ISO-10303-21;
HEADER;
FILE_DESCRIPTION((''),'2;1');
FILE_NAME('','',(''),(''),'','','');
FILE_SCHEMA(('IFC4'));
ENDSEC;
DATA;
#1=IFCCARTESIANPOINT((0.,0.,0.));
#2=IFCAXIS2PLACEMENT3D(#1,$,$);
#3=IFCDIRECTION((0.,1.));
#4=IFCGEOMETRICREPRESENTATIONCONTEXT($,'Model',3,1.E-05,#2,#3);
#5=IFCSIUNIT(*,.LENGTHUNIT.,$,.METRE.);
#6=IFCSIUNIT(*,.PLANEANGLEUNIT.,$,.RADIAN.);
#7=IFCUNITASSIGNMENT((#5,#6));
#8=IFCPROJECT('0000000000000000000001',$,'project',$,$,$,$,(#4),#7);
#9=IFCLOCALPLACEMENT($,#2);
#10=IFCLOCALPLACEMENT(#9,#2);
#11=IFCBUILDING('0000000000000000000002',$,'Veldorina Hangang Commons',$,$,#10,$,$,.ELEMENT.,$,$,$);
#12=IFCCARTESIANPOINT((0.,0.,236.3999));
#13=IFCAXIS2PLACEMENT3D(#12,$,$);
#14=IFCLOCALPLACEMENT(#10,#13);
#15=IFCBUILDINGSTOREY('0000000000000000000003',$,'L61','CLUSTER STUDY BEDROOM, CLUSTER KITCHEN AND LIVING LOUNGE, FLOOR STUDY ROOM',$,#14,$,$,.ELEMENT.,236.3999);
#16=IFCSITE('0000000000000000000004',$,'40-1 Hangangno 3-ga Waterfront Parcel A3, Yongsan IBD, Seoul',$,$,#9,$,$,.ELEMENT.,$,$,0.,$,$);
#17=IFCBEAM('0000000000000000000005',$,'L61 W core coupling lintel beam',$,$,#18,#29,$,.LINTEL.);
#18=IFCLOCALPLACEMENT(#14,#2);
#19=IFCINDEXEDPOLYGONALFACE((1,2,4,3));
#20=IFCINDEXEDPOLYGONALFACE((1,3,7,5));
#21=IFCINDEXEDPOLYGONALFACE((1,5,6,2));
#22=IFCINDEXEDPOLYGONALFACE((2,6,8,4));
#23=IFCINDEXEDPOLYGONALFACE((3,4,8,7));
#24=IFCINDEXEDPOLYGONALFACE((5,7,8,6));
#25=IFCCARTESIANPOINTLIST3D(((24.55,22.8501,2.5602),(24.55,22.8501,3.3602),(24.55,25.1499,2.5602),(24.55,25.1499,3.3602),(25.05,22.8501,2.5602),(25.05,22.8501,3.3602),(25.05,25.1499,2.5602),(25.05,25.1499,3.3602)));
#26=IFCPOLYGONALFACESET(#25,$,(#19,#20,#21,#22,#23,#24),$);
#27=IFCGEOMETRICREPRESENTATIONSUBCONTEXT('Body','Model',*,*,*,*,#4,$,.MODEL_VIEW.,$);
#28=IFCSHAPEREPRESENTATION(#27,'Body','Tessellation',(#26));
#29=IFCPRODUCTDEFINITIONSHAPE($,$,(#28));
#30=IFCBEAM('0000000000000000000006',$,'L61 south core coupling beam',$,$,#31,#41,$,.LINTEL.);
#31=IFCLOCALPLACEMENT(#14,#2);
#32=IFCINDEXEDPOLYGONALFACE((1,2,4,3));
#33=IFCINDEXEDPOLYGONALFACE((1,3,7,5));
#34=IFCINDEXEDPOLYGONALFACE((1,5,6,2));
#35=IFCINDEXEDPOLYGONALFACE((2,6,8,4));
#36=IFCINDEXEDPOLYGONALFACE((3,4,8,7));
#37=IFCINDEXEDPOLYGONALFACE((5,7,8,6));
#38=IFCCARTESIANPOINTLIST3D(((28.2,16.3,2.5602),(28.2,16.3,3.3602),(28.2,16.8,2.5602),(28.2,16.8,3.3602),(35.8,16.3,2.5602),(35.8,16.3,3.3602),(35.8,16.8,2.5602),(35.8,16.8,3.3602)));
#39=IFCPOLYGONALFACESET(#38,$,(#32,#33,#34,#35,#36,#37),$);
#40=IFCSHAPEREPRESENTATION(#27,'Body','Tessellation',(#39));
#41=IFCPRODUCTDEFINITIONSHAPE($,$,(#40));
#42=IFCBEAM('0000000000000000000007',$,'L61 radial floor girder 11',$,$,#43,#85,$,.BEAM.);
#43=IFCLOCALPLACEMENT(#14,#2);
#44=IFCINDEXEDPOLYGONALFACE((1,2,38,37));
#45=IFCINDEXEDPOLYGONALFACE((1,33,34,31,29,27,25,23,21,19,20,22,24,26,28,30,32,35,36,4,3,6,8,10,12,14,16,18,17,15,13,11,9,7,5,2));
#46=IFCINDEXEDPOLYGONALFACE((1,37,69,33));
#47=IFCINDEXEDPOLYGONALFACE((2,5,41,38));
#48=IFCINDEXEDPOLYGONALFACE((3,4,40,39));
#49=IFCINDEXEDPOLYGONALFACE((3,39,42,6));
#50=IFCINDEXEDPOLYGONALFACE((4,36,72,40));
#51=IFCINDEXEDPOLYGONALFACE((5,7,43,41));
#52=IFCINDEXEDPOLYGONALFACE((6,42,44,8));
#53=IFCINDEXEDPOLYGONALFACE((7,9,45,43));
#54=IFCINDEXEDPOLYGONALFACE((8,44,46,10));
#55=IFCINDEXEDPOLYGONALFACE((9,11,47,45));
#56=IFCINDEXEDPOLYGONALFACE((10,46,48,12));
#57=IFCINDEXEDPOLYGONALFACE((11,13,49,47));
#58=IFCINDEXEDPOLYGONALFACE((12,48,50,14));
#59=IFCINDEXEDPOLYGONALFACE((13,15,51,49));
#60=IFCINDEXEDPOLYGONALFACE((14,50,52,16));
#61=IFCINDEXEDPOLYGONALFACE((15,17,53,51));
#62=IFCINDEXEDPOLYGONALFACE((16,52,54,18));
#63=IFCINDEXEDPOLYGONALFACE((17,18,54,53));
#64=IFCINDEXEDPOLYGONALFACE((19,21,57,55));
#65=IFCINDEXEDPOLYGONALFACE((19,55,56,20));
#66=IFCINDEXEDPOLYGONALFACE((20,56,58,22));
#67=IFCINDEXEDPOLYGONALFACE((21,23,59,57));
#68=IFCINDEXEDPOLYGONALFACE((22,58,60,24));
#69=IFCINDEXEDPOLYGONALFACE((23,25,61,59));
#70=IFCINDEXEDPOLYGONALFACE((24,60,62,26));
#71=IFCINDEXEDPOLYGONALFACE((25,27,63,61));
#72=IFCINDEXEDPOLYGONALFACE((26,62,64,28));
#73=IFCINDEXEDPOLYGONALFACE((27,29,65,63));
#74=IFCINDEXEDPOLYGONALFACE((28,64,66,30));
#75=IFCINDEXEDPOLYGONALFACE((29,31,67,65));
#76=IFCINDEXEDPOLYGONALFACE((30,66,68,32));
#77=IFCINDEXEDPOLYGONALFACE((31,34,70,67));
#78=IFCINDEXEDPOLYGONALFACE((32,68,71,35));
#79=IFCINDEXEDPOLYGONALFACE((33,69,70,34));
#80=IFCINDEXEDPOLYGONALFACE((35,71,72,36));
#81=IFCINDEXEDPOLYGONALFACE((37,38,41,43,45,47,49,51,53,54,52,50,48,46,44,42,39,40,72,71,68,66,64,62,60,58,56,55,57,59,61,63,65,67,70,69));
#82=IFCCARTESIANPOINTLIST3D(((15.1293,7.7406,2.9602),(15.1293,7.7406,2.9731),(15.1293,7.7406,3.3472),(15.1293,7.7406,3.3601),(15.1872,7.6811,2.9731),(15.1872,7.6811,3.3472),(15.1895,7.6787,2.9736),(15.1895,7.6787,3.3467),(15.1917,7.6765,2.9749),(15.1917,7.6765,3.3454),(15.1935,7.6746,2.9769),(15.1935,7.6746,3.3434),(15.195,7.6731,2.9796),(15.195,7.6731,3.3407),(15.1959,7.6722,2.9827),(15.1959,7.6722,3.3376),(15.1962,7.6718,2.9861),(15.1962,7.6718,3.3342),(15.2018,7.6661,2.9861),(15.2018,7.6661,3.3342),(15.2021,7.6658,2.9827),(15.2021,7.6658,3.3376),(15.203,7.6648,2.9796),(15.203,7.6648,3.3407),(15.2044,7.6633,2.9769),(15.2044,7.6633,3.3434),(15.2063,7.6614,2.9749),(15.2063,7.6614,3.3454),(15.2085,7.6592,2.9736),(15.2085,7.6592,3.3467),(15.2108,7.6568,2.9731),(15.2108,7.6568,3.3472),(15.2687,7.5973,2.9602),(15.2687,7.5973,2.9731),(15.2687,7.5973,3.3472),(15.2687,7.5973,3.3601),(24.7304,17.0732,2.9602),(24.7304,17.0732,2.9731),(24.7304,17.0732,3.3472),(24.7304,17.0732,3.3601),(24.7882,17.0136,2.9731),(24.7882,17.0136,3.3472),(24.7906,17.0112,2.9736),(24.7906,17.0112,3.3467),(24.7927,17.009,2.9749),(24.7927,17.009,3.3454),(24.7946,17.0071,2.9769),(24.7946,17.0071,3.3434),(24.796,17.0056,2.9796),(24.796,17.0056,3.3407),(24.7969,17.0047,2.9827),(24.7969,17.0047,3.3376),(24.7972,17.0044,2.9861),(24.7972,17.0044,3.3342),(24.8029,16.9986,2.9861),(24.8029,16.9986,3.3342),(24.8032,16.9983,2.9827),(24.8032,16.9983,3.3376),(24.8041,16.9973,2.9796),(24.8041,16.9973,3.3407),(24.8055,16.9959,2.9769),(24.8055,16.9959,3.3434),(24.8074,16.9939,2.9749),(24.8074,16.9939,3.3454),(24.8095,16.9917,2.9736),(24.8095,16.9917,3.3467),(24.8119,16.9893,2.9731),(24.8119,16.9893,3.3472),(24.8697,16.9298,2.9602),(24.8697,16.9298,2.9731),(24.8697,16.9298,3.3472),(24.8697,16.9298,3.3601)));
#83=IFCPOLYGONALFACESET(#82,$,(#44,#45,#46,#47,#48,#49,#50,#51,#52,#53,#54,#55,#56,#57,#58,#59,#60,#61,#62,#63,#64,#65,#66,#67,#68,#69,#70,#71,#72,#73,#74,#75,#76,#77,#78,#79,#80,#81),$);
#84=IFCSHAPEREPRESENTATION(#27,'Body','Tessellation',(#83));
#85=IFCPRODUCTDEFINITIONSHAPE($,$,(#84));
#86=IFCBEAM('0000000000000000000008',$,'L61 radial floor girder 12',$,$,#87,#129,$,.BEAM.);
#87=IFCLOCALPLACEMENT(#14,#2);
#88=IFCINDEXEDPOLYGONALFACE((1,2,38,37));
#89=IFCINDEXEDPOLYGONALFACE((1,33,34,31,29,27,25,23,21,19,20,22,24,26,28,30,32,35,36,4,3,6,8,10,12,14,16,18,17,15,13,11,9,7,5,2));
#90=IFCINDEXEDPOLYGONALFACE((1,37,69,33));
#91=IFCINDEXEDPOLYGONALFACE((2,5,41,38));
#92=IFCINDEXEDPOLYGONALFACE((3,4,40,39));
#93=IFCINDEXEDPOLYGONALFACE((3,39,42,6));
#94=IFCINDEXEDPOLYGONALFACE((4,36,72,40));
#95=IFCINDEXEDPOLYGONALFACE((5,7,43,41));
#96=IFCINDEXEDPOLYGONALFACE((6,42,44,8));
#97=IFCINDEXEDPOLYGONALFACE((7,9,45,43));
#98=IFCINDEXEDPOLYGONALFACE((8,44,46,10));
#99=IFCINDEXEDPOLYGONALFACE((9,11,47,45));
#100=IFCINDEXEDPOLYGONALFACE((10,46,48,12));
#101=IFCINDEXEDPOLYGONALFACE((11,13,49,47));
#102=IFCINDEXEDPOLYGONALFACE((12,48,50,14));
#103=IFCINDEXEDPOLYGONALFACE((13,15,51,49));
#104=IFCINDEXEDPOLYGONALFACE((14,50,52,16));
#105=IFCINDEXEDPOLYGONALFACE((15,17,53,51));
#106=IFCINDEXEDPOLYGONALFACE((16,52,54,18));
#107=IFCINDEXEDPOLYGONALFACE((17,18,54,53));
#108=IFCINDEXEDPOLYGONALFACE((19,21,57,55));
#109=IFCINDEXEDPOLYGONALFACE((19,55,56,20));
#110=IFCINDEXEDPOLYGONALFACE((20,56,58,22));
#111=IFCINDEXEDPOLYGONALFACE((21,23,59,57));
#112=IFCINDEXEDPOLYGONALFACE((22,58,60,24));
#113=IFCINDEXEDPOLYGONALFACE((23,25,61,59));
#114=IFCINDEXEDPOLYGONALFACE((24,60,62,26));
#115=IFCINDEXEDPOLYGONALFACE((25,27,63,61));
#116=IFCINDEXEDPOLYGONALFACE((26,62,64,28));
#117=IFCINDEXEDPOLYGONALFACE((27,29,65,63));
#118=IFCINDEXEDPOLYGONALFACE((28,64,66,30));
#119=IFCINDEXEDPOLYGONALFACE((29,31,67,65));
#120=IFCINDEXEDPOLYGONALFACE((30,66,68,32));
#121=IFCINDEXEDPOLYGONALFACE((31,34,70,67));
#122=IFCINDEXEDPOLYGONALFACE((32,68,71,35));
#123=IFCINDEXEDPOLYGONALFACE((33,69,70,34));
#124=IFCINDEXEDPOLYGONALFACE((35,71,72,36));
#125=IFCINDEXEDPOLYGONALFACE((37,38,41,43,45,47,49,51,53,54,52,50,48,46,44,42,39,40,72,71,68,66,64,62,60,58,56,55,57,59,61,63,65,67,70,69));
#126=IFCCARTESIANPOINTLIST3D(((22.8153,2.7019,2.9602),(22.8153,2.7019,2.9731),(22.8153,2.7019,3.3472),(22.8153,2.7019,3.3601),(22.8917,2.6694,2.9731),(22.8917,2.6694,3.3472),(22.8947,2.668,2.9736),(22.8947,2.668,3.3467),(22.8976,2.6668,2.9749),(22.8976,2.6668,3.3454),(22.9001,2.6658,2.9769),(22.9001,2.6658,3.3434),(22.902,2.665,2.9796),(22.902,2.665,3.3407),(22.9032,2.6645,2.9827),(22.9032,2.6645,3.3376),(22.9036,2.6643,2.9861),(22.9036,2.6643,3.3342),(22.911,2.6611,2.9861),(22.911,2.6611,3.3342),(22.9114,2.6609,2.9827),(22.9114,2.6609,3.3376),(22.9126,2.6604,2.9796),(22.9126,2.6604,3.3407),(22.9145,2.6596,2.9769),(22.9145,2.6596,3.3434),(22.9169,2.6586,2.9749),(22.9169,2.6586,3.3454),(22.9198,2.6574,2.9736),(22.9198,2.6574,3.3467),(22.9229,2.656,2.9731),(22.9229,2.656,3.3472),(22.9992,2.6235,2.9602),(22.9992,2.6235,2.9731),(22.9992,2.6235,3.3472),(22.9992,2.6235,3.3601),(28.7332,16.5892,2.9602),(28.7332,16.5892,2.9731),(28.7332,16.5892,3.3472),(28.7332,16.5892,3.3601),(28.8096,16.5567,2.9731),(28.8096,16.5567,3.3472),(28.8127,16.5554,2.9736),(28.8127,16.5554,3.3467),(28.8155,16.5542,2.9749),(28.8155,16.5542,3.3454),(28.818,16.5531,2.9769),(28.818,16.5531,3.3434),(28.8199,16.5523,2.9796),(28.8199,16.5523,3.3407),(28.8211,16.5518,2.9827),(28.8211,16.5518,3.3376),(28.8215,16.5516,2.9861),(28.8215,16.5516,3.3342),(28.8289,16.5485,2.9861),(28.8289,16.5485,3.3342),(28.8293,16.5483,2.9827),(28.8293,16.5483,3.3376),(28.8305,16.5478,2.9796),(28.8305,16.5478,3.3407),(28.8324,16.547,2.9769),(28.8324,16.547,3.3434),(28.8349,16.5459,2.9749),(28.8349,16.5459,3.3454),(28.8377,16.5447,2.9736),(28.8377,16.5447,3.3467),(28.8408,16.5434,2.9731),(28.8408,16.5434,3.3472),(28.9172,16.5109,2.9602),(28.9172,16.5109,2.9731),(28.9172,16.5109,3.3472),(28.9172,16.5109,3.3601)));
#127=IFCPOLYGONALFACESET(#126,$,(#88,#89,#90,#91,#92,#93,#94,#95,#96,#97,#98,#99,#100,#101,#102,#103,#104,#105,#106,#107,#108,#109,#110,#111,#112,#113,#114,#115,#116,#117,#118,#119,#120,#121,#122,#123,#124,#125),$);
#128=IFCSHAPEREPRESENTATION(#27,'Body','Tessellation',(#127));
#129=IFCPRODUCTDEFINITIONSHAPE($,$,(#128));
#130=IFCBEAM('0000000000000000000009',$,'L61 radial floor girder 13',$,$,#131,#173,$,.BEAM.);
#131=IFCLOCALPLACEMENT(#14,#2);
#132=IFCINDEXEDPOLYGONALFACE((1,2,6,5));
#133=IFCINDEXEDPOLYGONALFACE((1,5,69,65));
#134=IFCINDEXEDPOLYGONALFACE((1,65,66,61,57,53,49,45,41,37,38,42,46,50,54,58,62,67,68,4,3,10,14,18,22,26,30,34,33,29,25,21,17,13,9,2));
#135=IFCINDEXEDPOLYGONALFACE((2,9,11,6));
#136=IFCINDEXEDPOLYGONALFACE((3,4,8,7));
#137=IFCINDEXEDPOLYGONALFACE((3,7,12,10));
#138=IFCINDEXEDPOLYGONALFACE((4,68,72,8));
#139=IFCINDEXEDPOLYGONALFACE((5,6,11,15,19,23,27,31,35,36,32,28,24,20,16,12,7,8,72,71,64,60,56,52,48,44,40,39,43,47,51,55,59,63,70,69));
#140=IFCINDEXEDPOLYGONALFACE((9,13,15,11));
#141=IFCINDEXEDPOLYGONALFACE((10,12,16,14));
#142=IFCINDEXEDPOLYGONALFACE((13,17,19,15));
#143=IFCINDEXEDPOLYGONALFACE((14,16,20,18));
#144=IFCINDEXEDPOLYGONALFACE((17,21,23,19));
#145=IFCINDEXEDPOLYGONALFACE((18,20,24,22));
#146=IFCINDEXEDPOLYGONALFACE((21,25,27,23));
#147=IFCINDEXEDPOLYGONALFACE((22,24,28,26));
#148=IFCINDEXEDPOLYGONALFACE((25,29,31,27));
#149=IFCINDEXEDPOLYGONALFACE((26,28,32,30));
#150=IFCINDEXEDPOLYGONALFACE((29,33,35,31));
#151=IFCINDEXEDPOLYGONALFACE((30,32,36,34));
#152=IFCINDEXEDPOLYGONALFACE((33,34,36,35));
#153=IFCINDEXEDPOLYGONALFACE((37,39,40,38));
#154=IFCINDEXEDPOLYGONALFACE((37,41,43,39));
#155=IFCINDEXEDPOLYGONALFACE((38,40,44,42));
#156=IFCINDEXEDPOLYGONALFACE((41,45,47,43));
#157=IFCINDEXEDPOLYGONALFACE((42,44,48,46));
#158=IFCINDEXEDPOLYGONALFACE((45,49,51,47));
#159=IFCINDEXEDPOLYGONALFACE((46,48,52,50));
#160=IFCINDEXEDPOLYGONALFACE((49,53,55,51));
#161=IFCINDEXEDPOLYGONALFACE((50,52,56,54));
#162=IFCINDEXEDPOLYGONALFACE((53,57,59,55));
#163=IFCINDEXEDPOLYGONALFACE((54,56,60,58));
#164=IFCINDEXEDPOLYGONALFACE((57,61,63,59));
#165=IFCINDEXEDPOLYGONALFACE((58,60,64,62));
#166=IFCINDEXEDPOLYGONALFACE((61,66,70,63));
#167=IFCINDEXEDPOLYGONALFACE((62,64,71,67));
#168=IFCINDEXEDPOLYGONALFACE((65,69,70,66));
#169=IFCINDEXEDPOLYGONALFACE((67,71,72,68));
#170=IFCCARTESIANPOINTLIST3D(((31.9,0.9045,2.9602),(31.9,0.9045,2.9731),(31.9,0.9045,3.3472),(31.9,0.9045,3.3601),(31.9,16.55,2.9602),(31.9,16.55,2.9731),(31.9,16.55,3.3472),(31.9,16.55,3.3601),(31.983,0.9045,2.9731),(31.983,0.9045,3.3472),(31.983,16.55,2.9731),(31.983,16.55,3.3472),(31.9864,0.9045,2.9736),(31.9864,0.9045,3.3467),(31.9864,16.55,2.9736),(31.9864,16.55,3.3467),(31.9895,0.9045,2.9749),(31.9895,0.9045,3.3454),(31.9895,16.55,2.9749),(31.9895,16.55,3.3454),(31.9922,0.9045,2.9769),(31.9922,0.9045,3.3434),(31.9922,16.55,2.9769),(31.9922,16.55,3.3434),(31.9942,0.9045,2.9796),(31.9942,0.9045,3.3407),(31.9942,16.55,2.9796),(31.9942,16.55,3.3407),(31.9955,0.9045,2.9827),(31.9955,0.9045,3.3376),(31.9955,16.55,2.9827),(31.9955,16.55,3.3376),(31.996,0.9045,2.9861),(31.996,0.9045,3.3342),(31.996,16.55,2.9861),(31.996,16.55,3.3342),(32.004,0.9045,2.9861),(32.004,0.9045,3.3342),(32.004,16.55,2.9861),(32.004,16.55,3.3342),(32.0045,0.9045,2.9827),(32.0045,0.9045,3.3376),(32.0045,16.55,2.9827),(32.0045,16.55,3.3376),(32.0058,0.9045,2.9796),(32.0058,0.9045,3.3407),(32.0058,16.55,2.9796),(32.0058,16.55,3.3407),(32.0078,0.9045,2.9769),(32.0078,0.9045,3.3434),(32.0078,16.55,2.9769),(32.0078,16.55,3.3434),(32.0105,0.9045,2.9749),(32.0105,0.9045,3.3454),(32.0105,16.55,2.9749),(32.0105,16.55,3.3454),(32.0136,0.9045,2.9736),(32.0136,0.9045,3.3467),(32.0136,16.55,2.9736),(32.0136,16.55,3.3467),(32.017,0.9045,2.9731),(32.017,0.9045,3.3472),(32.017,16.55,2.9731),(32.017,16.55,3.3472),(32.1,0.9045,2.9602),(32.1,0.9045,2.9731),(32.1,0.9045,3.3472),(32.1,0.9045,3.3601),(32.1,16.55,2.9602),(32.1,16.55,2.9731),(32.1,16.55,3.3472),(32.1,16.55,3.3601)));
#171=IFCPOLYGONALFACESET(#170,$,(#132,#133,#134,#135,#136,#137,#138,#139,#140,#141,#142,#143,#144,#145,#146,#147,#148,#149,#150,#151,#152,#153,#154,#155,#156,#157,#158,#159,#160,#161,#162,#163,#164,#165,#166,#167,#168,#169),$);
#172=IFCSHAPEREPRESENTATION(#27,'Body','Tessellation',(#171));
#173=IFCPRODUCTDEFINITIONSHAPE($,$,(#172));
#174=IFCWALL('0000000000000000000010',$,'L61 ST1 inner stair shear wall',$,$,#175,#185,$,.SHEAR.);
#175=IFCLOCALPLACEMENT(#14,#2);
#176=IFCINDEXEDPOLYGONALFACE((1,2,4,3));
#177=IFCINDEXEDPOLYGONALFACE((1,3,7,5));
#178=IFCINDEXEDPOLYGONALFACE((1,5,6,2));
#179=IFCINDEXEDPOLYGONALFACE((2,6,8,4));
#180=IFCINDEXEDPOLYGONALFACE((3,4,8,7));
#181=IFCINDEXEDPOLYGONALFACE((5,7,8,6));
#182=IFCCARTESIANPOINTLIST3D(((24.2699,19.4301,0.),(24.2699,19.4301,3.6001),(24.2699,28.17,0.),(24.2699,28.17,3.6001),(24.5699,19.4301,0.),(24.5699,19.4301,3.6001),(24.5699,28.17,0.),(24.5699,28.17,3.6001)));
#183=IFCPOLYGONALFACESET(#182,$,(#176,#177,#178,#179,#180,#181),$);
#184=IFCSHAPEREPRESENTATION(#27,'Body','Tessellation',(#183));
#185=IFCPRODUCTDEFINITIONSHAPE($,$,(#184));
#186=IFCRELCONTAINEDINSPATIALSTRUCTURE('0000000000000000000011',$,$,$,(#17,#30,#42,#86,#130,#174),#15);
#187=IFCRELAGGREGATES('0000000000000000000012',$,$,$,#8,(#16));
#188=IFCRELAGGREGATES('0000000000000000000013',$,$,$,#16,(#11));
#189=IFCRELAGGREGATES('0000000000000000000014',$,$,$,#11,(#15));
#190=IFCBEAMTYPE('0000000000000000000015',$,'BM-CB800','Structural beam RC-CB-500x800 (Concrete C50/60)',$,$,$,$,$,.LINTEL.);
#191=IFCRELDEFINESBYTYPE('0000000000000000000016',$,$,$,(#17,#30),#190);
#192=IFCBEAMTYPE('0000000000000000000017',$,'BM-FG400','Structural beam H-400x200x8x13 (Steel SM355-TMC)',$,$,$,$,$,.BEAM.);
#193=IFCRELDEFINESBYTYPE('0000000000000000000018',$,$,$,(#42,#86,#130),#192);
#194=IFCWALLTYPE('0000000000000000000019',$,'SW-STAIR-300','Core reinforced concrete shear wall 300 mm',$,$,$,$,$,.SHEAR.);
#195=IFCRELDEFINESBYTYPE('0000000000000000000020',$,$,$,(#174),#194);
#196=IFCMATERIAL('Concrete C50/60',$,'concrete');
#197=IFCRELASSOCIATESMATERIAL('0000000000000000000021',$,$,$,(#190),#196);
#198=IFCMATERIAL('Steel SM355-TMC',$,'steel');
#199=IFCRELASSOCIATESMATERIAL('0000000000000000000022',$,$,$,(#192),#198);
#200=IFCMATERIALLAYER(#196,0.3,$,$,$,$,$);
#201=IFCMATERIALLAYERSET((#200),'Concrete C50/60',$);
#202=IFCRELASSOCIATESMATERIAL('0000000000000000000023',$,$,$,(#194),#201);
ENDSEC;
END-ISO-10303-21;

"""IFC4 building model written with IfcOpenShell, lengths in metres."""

from ifc_helpers import new_model, si_unit, direction, frame, frame_2d, origin, origin_2d, place, context, subcontext, project, spatial, rectangle, i_section, extrude, material, layer, layer_set, material_profile, profile_set, type_object, element, save


model = new_model("IFC4")

# Units and contexts
model_context = context("Model", 3, precision=1e-05, world=origin(), true_north=direction((0.0, 1.0)))
body_context = subcontext(model_context, "Body", "Model", "MODEL_VIEW")
ifc_project = project(units=[si_unit("LENGTHUNIT", "METRE"), si_unit("PLANEANGLEUNIT", "RADIAN")], contexts=[model_context])

# Site, building, storey
site_placement = place(None, origin())
site = spatial("IfcSite", under=ifc_project, at=site_placement, Name="40-1 Hangangno 3-ga Waterfront Parcel A3, Yongsan IBD, Seoul", CompositionType="ELEMENT", RefElevation=0.0)
building_placement = place(site_placement, origin())
building = spatial("IfcBuilding", under=site, at=building_placement, Name="Veldorina Hangang Commons", CompositionType="ELEMENT")
storey_placement = place(building_placement, frame((0.0, 0.0, 236.3999)))
storey = spatial("IfcBuildingStorey", under=building, at=storey_placement, Name="L61", Description="CLUSTER STUDY BEDROOM, CLUSTER KITCHEN AND LIVING LOUNGE, FLOOR STUDY ROOM", CompositionType="ELEMENT", Elevation=236.3999)

# Beams
ifc_material_1 = material(Name="Concrete C50/60", Category="concrete")
ifc_material_profile_1 = material_profile(ifc_material_1, rectangle(XDim=0.5, YDim=0.8, at=origin_2d()), Name="RC-CB-500x800")
ifc_profile_set_1 = profile_set([ifc_material_profile_1], Name="Concrete C50/60")
beam_type_1 = type_object("IfcBeamType", Name="BM-CB800", Description="Structural beam RC-CB-500x800 (Concrete C50/60)", PredefinedType="LINTEL", material=ifc_profile_set_1)
beam_1_placement = place(storey_placement, frame((24.8, 22.8501, 2.9602), z_axis=(0.0, 1.0, 0.0), x_axis=(-1.0, 0.0, 0.0)))
element("IfcBeam", 1, at=beam_1_placement, inside=storey, type_object=beam_type_1, Name="L61 W core coupling lintel beam", PredefinedType="LINTEL", context=body_context, shape_type="SweptSolid", body=[
    extrude(rectangle(XDim=0.5, YDim=0.8, at=origin_2d()), origin(), (0.0, 0.0, 1.0), 2.2998),
])
beam_2_placement = place(storey_placement, frame((28.2, 16.55, 2.9602), z_axis=(1.0, 0.0, 0.0), x_axis=(0.0, 1.0, 0.0)))
element("IfcBeam", 2, at=beam_2_placement, inside=storey, type_object=beam_type_1, Name="L61 south core coupling beam", PredefinedType="LINTEL", context=body_context, shape_type="SweptSolid", body=[
    extrude(rectangle(XDim=0.5, YDim=0.8, at=origin_2d()), origin(), (0.0, 0.0, 1.0), 7.6001),
])
ifc_material_2 = material(Name="Steel SM355-TMC", Category="steel")
ifc_material_profile_2 = material_profile(ifc_material_2, i_section(OverallWidth=0.2, OverallDepth=0.3999, WebThickness=0.0081, FlangeThickness=0.0129, FilletRadius=0.0129, at=origin_2d()), Name="H-400x200x8x13")
ifc_profile_set_2 = profile_set([ifc_material_profile_2], Name="Steel SM355-TMC")
beam_type_2 = type_object("IfcBeamType", Name="BM-FG400", Description="Structural beam H-400x200x8x13 (Steel SM355-TMC)", PredefinedType="BEAM", material=ifc_profile_set_2)
beam_3_placement = place(storey_placement, frame((24.8, 17.0015, 3.1602), z_axis=(-0.717064, -0.697007, 0.0), x_axis=(0.697007, -0.717064, 0.0)))
element("IfcBeam", 3, at=beam_3_placement, inside=storey, type_object=beam_type_2, Name="L61 radial floor girder 11", PredefinedType="BEAM", context=body_context, shape_type="SweptSolid", body=[
    extrude(i_section(OverallWidth=0.2, OverallDepth=0.3999, WebThickness=0.0081, FlangeThickness=0.0129, FilletRadius=0.0129, at=origin_2d()), origin(), (0.0, 0.0, 1.0), 13.3894),
])
beam_4_placement = place(storey_placement, frame((28.8252, 16.55, 3.1602), z_axis=(-0.392027, -0.919954, 0.0), x_axis=(0.919954, -0.392027, 0.0)))
element("IfcBeam", 4, at=beam_4_placement, inside=storey, type_object=beam_type_2, Name="L61 radial floor girder 12", PredefinedType="BEAM", context=body_context, shape_type="SweptSolid", body=[
    extrude(i_section(OverallWidth=0.2, OverallDepth=0.3999, WebThickness=0.0081, FlangeThickness=0.0129, FilletRadius=0.0129, at=origin_2d()), origin(), (0.0, 0.0, 1.0), 15.0957),
])
beam_5_placement = place(storey_placement, frame((32.0, 16.55, 3.1602), z_axis=(0.0, -1.0, 0.0), x_axis=(1.0, 0.0, 0.0)))
element("IfcBeam", 5, at=beam_5_placement, inside=storey, type_object=beam_type_2, Name="L61 radial floor girder 13", PredefinedType="BEAM", context=body_context, shape_type="SweptSolid", body=[
    extrude(i_section(OverallWidth=0.2, OverallDepth=0.3999, WebThickness=0.0081, FlangeThickness=0.0129, FilletRadius=0.0129, at=origin_2d()), origin(), (0.0, 0.0, 1.0), 15.6455),
])

# Wall
ifc_layer_1 = layer(ifc_material_1, 0.3)
ifc_layer_set_1 = layer_set([ifc_layer_1], Name="Concrete C50/60")
wall_type_1 = type_object("IfcWallType", Name="SW-STAIR-300", Description="Core reinforced concrete shear wall 300 mm", PredefinedType="SHEAR", material=ifc_layer_set_1)
wall_1_placement = place(storey_placement, frame((24.4199, 19.4299, 0.0), z_axis=(0.0, 0.0, 1.0), x_axis=(0.0, 1.0, 0.0)))
element("IfcWall", 6, at=wall_1_placement, inside=storey, type_object=wall_type_1, Name="L61 ST1 inner stair shear wall", PredefinedType="SHEAR", context=body_context, shape_type="SweptSolid", body=[
    extrude(rectangle(XDim=8.74, YDim=0.3, at=frame_2d((4.3701, 0.0))), origin(), (0.0, 0.0, 1.0), 3.6001),
])

save(model, "model.ifc")
